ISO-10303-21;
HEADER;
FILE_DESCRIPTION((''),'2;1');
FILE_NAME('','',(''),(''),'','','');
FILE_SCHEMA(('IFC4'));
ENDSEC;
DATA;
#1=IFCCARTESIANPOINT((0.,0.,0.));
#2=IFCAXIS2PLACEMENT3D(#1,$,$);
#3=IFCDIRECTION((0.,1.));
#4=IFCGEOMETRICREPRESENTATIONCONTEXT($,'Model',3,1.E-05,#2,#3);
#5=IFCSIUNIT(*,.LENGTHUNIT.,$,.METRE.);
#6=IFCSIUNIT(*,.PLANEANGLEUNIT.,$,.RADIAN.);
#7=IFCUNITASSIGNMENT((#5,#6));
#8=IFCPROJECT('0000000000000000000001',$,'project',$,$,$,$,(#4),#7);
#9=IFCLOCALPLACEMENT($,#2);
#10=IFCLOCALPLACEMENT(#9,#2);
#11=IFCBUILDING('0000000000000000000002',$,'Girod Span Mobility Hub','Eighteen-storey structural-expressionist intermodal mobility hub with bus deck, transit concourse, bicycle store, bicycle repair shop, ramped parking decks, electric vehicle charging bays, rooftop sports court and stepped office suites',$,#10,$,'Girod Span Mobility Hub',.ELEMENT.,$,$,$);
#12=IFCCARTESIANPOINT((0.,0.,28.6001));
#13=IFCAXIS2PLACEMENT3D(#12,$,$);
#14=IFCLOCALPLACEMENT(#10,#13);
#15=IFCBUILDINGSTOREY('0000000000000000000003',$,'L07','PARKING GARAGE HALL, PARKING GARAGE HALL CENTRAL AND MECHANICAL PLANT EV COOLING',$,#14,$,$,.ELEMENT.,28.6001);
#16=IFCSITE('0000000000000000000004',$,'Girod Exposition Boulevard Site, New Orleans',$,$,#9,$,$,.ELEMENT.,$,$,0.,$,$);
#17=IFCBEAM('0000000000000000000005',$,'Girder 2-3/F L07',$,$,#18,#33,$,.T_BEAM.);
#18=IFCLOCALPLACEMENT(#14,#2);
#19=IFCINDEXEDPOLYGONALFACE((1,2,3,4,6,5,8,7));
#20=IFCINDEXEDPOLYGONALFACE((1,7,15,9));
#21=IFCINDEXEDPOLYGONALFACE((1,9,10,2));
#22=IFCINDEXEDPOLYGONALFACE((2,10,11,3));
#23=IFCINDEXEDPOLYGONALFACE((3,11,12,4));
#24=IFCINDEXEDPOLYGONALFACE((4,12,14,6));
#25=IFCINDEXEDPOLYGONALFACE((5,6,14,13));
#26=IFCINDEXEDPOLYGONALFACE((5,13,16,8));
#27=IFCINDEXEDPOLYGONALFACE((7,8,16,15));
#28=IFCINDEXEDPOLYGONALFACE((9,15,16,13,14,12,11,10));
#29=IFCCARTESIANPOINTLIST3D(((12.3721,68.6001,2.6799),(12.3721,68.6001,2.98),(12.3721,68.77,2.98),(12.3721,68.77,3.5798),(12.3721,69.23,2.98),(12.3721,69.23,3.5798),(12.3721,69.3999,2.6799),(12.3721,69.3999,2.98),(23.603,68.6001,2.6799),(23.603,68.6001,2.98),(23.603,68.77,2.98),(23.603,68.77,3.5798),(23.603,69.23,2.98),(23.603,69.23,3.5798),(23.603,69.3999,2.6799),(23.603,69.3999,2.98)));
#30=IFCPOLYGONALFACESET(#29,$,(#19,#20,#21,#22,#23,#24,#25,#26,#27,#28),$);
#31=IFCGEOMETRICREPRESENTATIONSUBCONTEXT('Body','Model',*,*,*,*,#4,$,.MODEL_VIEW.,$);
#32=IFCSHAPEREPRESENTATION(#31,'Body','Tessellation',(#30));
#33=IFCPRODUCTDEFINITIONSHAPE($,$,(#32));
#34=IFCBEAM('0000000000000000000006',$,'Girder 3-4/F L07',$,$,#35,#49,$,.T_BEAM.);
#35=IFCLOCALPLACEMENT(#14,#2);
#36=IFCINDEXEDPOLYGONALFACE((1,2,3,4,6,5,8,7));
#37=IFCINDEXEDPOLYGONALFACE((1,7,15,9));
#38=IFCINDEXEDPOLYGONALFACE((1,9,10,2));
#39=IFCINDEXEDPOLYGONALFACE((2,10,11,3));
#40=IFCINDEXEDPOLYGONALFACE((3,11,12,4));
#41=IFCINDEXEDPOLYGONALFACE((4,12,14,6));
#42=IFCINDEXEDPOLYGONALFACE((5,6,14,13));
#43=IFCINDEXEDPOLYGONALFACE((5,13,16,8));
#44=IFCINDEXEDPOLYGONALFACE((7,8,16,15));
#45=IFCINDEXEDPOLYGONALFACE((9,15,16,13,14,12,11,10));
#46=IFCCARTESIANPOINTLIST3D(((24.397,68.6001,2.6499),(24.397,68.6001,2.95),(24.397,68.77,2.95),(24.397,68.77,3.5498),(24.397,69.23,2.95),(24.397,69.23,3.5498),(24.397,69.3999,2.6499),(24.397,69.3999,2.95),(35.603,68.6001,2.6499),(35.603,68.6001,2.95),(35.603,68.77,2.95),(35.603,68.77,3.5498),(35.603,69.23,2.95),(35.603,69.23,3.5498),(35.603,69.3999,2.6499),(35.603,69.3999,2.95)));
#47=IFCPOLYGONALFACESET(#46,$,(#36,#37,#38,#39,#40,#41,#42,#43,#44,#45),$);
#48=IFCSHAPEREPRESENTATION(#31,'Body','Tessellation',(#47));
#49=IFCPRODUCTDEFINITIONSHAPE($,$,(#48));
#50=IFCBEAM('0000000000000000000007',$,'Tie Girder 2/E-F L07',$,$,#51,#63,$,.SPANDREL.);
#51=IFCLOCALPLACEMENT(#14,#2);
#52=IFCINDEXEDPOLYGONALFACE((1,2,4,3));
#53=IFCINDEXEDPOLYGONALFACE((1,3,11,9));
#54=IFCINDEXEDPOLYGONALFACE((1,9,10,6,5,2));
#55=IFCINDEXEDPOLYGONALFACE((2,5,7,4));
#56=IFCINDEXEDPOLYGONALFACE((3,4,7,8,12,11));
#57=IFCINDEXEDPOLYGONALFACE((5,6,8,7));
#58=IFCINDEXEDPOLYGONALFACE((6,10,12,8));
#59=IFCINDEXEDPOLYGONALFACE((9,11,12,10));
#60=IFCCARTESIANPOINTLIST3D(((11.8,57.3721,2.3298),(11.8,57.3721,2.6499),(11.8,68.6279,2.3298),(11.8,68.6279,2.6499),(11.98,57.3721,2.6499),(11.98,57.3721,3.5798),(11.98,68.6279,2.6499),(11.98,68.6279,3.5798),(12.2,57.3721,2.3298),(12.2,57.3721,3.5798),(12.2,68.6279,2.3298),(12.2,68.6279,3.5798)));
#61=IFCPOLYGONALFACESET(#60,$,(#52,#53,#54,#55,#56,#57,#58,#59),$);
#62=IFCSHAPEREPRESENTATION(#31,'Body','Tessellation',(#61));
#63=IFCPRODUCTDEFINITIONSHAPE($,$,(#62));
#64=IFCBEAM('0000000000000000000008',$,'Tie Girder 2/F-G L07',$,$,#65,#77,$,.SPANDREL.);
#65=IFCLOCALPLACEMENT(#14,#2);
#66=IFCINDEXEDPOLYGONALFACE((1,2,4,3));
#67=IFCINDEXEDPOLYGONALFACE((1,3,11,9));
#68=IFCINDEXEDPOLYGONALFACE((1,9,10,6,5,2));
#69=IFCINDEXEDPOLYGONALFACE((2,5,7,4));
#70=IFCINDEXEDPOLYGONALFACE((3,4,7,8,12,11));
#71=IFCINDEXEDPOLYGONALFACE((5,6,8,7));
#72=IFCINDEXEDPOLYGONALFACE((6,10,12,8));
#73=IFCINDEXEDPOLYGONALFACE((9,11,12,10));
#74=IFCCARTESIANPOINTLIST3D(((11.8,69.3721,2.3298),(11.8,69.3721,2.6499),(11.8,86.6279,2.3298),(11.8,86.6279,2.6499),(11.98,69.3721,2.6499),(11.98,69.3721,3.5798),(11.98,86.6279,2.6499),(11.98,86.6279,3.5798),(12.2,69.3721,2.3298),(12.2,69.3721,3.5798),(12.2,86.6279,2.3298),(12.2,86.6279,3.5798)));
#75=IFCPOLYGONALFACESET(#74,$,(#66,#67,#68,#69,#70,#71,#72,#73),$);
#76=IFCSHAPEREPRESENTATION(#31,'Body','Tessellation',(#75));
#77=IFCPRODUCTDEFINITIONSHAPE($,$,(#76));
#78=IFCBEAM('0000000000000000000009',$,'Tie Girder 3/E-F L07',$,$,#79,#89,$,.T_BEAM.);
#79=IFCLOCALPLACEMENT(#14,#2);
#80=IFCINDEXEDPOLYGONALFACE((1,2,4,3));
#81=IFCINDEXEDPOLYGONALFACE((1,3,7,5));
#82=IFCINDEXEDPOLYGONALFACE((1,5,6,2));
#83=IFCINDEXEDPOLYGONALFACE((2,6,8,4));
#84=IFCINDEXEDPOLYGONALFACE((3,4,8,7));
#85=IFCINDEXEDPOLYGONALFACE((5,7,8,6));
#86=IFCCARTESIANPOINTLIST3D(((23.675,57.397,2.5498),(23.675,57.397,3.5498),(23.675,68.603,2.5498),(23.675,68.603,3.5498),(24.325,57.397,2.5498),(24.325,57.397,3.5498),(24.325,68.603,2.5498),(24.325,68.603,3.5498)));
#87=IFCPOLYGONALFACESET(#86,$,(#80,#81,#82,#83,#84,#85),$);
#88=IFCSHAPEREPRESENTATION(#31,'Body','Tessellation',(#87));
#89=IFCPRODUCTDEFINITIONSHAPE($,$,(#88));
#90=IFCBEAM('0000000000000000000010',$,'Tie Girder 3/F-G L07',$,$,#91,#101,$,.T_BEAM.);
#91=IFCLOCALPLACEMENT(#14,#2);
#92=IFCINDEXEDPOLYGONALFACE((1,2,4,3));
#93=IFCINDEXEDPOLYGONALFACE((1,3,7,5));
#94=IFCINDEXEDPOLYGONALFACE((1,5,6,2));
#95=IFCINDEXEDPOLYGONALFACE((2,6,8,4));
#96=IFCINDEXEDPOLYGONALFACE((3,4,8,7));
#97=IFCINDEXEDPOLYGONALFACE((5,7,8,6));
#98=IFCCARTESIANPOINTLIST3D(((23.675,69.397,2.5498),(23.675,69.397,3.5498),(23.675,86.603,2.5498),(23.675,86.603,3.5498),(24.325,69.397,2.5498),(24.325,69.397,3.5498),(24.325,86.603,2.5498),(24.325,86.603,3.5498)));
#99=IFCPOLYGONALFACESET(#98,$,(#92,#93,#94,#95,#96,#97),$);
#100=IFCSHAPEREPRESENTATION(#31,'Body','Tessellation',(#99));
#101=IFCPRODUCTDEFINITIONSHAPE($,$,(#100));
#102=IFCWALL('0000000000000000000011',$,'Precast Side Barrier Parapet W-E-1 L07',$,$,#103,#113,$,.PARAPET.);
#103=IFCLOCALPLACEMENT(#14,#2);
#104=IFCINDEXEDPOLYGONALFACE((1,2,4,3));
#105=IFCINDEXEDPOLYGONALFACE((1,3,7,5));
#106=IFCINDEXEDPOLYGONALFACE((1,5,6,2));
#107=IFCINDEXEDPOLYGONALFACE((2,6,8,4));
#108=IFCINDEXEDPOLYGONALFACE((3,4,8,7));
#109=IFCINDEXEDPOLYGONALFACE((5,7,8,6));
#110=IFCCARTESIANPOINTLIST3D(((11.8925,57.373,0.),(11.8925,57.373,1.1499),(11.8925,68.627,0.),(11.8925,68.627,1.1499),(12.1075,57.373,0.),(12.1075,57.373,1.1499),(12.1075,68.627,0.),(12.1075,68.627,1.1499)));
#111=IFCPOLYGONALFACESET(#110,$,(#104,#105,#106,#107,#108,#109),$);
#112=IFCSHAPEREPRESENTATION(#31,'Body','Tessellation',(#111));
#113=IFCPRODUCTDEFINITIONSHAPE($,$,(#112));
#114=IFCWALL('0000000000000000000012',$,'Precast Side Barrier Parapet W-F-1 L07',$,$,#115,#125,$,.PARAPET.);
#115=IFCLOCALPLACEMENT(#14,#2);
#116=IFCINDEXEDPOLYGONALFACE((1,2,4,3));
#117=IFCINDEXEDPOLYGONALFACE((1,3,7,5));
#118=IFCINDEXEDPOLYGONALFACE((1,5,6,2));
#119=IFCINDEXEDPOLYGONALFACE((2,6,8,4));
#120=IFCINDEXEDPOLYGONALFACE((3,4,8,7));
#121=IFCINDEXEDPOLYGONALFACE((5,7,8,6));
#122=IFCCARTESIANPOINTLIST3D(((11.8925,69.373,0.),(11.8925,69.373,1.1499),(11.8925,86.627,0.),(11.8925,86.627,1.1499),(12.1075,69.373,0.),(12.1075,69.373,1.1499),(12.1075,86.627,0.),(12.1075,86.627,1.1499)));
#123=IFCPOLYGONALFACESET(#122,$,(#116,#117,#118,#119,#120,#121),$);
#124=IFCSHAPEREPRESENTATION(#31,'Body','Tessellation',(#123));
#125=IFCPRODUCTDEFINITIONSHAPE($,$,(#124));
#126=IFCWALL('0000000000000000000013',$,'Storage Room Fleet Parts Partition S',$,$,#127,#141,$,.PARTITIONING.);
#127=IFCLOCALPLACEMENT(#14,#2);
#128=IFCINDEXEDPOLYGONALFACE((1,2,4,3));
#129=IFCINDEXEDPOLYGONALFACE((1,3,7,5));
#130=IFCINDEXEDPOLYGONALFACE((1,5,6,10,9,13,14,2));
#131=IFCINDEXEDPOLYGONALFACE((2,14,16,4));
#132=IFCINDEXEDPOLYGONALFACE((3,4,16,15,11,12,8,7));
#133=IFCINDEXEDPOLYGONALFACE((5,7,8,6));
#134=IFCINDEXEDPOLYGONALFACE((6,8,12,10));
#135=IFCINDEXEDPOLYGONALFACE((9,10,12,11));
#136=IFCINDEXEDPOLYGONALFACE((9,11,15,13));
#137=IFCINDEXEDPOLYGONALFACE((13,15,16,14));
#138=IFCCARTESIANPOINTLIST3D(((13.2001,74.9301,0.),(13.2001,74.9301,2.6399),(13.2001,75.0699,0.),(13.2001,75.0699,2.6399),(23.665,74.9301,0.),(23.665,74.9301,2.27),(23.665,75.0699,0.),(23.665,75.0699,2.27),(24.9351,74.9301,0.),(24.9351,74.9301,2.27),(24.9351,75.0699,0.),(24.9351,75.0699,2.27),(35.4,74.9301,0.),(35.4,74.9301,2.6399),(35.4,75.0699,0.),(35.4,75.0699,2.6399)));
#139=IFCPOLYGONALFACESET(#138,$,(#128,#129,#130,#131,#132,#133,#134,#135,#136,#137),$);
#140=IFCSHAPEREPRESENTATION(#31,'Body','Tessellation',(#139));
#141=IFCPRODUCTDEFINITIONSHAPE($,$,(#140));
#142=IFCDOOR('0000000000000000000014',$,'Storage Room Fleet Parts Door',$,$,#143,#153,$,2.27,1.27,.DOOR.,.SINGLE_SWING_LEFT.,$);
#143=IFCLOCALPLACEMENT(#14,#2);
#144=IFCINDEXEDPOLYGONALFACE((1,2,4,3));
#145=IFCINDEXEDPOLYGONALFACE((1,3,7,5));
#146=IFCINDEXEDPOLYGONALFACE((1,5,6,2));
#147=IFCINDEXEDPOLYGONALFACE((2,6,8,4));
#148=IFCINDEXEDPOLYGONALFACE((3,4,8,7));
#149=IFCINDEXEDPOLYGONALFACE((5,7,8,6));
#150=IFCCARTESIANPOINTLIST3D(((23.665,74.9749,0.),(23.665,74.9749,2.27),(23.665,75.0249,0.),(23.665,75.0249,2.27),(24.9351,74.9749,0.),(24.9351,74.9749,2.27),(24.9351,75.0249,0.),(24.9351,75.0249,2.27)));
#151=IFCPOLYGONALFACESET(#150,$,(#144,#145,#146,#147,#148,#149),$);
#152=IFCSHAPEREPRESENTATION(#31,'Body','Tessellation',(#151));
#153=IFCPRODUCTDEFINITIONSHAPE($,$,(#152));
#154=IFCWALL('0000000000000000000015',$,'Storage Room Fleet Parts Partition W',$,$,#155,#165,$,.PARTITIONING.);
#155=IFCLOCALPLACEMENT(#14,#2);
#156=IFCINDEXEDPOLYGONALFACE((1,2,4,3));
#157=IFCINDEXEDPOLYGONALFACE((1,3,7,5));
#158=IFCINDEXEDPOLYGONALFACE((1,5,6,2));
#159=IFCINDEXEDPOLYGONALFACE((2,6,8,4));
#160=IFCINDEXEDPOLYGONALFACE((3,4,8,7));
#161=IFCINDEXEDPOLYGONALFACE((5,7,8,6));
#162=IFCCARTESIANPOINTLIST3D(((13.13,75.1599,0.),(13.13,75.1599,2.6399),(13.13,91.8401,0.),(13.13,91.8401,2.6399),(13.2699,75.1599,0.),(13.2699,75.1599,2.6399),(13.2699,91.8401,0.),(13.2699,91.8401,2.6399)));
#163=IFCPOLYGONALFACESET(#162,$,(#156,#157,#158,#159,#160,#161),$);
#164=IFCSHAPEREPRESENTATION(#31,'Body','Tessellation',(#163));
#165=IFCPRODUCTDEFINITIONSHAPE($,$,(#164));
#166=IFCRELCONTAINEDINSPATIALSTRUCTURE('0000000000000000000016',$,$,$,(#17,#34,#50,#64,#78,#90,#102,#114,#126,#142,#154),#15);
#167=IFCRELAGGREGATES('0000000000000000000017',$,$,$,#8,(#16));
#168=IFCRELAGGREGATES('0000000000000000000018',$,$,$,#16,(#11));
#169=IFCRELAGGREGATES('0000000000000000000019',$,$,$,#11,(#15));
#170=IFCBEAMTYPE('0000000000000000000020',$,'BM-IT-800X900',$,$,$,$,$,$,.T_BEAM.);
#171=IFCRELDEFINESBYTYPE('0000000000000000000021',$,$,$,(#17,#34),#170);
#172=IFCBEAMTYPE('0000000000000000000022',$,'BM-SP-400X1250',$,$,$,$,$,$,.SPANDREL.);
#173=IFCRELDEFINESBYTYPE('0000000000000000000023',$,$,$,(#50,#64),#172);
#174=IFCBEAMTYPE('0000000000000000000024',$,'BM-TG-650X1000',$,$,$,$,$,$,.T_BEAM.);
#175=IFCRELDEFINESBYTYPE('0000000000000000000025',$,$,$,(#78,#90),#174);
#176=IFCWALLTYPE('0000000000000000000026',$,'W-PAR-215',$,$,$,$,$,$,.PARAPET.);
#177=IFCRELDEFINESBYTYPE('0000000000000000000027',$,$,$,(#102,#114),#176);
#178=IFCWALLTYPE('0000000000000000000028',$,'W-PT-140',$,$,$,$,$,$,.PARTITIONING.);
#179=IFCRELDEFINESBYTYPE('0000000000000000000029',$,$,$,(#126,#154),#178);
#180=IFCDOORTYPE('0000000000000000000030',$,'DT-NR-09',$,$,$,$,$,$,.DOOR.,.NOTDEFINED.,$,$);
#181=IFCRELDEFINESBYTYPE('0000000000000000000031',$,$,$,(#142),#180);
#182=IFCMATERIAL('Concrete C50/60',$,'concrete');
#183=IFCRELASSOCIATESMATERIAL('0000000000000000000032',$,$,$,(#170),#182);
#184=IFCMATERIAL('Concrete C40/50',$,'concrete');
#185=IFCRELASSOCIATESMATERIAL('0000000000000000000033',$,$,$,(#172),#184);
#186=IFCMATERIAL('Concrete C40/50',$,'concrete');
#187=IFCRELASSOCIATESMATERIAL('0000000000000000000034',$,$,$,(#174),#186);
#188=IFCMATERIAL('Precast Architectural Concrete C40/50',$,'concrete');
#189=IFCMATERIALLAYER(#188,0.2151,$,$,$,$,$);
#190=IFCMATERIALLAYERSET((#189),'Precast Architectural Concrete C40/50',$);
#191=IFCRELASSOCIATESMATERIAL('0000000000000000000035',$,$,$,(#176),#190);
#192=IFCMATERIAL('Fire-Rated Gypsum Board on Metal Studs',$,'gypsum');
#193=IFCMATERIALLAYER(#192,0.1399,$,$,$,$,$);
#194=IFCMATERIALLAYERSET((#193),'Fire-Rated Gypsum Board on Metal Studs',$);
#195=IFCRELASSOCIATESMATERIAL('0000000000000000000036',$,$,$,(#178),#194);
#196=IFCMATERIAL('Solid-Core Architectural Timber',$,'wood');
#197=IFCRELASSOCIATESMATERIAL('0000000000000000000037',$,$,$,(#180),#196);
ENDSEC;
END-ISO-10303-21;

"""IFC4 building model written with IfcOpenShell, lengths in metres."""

from ifc_helpers import new_model, si_unit, direction, frame, frame_2d, origin, origin_2d, place, context, subcontext, project, spatial, polyline, rectangle, outline, extrude, material, layer, layer_set, material_profile, profile_set, type_object, element, fill, save


model = new_model("IFC4")

# Units and contexts
model_context = context("Model", 3, precision=1e-05, world=origin(), true_north=direction((0.0, 1.0)))
body_context = subcontext(model_context, "Body", "Model", "MODEL_VIEW")
ifc_project = project(units=[si_unit("LENGTHUNIT", "METRE"), si_unit("PLANEANGLEUNIT", "RADIAN")], contexts=[model_context])

# Site, building, storey
site_placement = place(None, origin())
site = spatial("IfcSite", under=ifc_project, at=site_placement, Name="Girod Exposition Boulevard Site, New Orleans", CompositionType="ELEMENT", RefElevation=0.0)
building_placement = place(site_placement, origin())
building = spatial("IfcBuilding", under=site, at=building_placement, Name="Girod Span Mobility Hub", Description="Eighteen-storey structural-expressionist intermodal mobility hub with bus deck, transit concourse, bicycle store, bicycle repair shop, ramped parking decks, electric vehicle charging bays, rooftop sports court and stepped office suites", LongName="Girod Span Mobility Hub", CompositionType="ELEMENT")
storey_placement = place(building_placement, frame((0.0, 0.0, 28.6001)))
storey = spatial("IfcBuildingStorey", under=building, at=storey_placement, Name="L07", Description="PARKING GARAGE HALL, PARKING GARAGE HALL CENTRAL AND MECHANICAL PLANT EV COOLING", CompositionType="ELEMENT", Elevation=28.6001)

# Beams
ifc_material_1 = material(Name="Concrete C50/60", Category="concrete")
ifc_material_profile_1 = material_profile(ifc_material_1, outline(polyline([(-0.3999, -0.45), (0.3999, -0.45), (0.3999, -0.1499), (0.23, -0.1499), (0.23, 0.45), (-0.23, 0.45), (-0.23, -0.1499), (-0.3999, -0.1499), (-0.3999, -0.45)])), Name="IT-800X900")
ifc_profile_set_1 = profile_set([ifc_material_profile_1], Name="Concrete C50/60")
beam_type_1 = type_object("IfcBeamType", Name="BM-IT-800X900", PredefinedType="T_BEAM", material=ifc_profile_set_1)
beam_1_placement = place(storey_placement, frame((12.3721, 69.0, 3.1299), z_axis=(1.0, 0.0, 0.0), x_axis=(0.0, 1.0, 0.0)))
element("IfcBeam", 1, at=beam_1_placement, inside=storey, type_object=beam_type_1, Name="Girder 2-3/F L07", PredefinedType="T_BEAM", context=body_context, shape_type="SweptSolid", body=[
    extrude(outline(polyline([(-0.3999, -0.45), (0.3999, -0.45), (0.3999, -0.1499), (0.23, -0.1499), (0.23, 0.45), (-0.23, 0.45), (-0.23, -0.1499), (-0.3999, -0.1499), (-0.3999, -0.45)])), origin(), (0.0, 0.0, 1.0), 11.231),
])
beam_2_placement = place(storey_placement, frame((24.397, 69.0, 3.0999), z_axis=(1.0, 0.0, 0.0), x_axis=(0.0, 1.0, 0.0)))
element("IfcBeam", 2, at=beam_2_placement, inside=storey, type_object=beam_type_1, Name="Girder 3-4/F L07", PredefinedType="T_BEAM", context=body_context, shape_type="SweptSolid", body=[
    extrude(outline(polyline([(-0.3999, -0.45), (0.3999, -0.45), (0.3999, -0.1499), (0.23, -0.1499), (0.23, 0.45), (-0.23, 0.45), (-0.23, -0.1499), (-0.3999, -0.1499), (-0.3999, -0.45)])), origin(), (0.0, 0.0, 1.0), 11.2061),
])
ifc_material_2 = material(Name="Concrete C40/50", Category="concrete")
ifc_material_profile_2 = material_profile(ifc_material_2, outline(polyline([(-0.2, -0.625), (0.2, -0.625), (0.2, -0.3049), (0.02, -0.3049), (0.02, 0.625), (-0.2, 0.625), (-0.2, -0.625)])), Name="SP-400X1250")
ifc_profile_set_2 = profile_set([ifc_material_profile_2], Name="Concrete C40/50")
beam_type_2 = type_object("IfcBeamType", Name="BM-SP-400X1250", PredefinedType="SPANDREL", material=ifc_profile_set_2)
beam_3_placement = place(storey_placement, frame((12.0, 57.3721, 2.9548), z_axis=(0.0, 1.0, 0.0), x_axis=(-1.0, 0.0, 0.0)))
element("IfcBeam", 3, at=beam_3_placement, inside=storey, type_object=beam_type_2, Name="Tie Girder 2/E-F L07", PredefinedType="SPANDREL", context=body_context, shape_type="SweptSolid", body=[
    extrude(outline(polyline([(-0.2, -0.625), (0.2, -0.625), (0.2, -0.3049), (0.02, -0.3049), (0.02, 0.625), (-0.2, 0.625), (-0.2, -0.625)])), origin(), (0.0, 0.0, 1.0), 11.2559),
])
beam_4_placement = place(storey_placement, frame((12.0, 69.3721, 2.9548), z_axis=(0.0, 1.0, 0.0), x_axis=(-1.0, 0.0, 0.0)))
element("IfcBeam", 4, at=beam_4_placement, inside=storey, type_object=beam_type_2, Name="Tie Girder 2/F-G L07", PredefinedType="SPANDREL", context=body_context, shape_type="SweptSolid", body=[
    extrude(outline(polyline([(-0.2, -0.625), (0.2, -0.625), (0.2, -0.3049), (0.02, -0.3049), (0.02, 0.625), (-0.2, 0.625), (-0.2, -0.625)])), origin(), (0.0, 0.0, 1.0), 17.2559),
])
ifc_material_3 = material(Name="Concrete C40/50", Category="concrete")
ifc_material_profile_3 = material_profile(ifc_material_3, rectangle(XDim=0.6499, YDim=1.0, at=origin_2d()), Name="TG-650X1000")
ifc_profile_set_3 = profile_set([ifc_material_profile_3], Name="Concrete C40/50")
beam_type_3 = type_object("IfcBeamType", Name="BM-TG-650X1000", PredefinedType="T_BEAM", material=ifc_profile_set_3)
beam_5_placement = place(storey_placement, frame((24.0, 57.397, 3.0498), z_axis=(0.0, 1.0, 0.0), x_axis=(-1.0, 0.0, 0.0)))
element("IfcBeam", 5, at=beam_5_placement, inside=storey, type_object=beam_type_3, Name="Tie Girder 3/E-F L07", PredefinedType="T_BEAM", context=body_context, shape_type="SweptSolid", body=[
    extrude(rectangle(XDim=0.6499, YDim=1.0, at=origin_2d()), origin(), (0.0, 0.0, 1.0), 11.2061),
])
beam_6_placement = place(storey_placement, frame((24.0, 69.397, 3.0498), z_axis=(0.0, 1.0, 0.0), x_axis=(-1.0, 0.0, 0.0)))
element("IfcBeam", 6, at=beam_6_placement, inside=storey, type_object=beam_type_3, Name="Tie Girder 3/F-G L07", PredefinedType="T_BEAM", context=body_context, shape_type="SweptSolid", body=[
    extrude(rectangle(XDim=0.6499, YDim=1.0, at=origin_2d()), origin(), (0.0, 0.0, 1.0), 17.2061),
])

# Walls
ifc_material_4 = material(Name="Precast Architectural Concrete C40/50", Category="concrete")
ifc_layer_1 = layer(ifc_material_4, 0.2151)
ifc_layer_set_1 = layer_set([ifc_layer_1], Name="Precast Architectural Concrete C40/50")
wall_type_1 = type_object("IfcWallType", Name="W-PAR-215", PredefinedType="PARAPET", material=ifc_layer_set_1)
wall_1_placement = place(storey_placement, frame((12.0, 57.373, 0.0), z_axis=(0.0, 0.0, 1.0), x_axis=(0.0, 1.0, 0.0)))
element("IfcWall", 7, at=wall_1_placement, inside=storey, type_object=wall_type_1, Name="Precast Side Barrier Parapet W-E-1 L07", PredefinedType="PARAPET", context=body_context, shape_type="SweptSolid", body=[
    extrude(rectangle(XDim=11.2539, YDim=0.2151, at=frame_2d((5.627, 0.0))), origin(), (0.0, 0.0, 1.0), 1.1499),
])
wall_2_placement = place(storey_placement, frame((12.0, 69.373, 0.0), z_axis=(0.0, 0.0, 1.0), x_axis=(0.0, 1.0, 0.0)))
element("IfcWall", 8, at=wall_2_placement, inside=storey, type_object=wall_type_1, Name="Precast Side Barrier Parapet W-F-1 L07", PredefinedType="PARAPET", context=body_context, shape_type="SweptSolid", body=[
    extrude(rectangle(XDim=17.2539, YDim=0.2151, at=frame_2d((8.627, 0.0))), origin(), (0.0, 0.0, 1.0), 1.1499),
])

# Wall, opening, door
ifc_material_5 = material(Name="Fire-Rated Gypsum Board on Metal Studs", Category="gypsum")
ifc_layer_2 = layer(ifc_material_5, 0.1399)
ifc_layer_set_2 = layer_set([ifc_layer_2], Name="Fire-Rated Gypsum Board on Metal Studs")
wall_type_2 = type_object("IfcWallType", Name="W-PT-140", PredefinedType="PARTITIONING", material=ifc_layer_set_2)
wall_3_placement = place(storey_placement, frame((13.2, 75.0, 0.0), z_axis=(0.0, 0.0, 1.0), x_axis=(1.0, 0.0, 0.0)))
wall_3 = element("IfcWall", 9, at=wall_3_placement, inside=storey, type_object=wall_type_2, Name="Storage Room Fleet Parts Partition S", PredefinedType="PARTITIONING", context=body_context, shape_type="SweptSolid", body=[
    extrude(rectangle(XDim=22.2, YDim=0.1399, at=frame_2d((11.1001, 0.0))), origin(), (0.0, 0.0, 1.0), 2.6399),
])
opening_placement = place(wall_3_placement, frame((10.4651, 0.0, 0.0)))
opening = element("IfcOpeningElement", 10, at=opening_placement, cuts=wall_3, PredefinedType="OPENING", context=body_context, shape_type="SweptSolid", body=[
    extrude(rectangle(XDim=1.27, YDim=2.27, at=frame_2d((0.635, 1.135))), frame((0.0, 0.085, 0.0), z_axis=(0.0, -1.0, 0.0), x_axis=(1.0, 0.0, 0.0)), (0.0, 0.0, 1.0), 0.1699),
])
ifc_material_6 = material(Name="Solid-Core Architectural Timber", Category="wood")
door_type = type_object("IfcDoorType", Name="DT-NR-09", OperationType="NOTDEFINED", PredefinedType="DOOR", material=ifc_material_6)
door_placement = place(opening_placement, origin())
door = element("IfcDoor", 11, at=door_placement, inside=storey, type_object=door_type, Name="Storage Room Fleet Parts Door", OperationType="SINGLE_SWING_LEFT", OverallHeight=2.27, OverallWidth=1.27, PredefinedType="DOOR", context=body_context, shape_type="SweptSolid", body=[
    extrude(rectangle(XDim=1.27, YDim=2.27, at=frame_2d((0.635, 1.135))), frame((0.0, 0.0249, 0.0), z_axis=(0.0, -1.0, 0.0), x_axis=(1.0, 0.0, 0.0)), (0.0, 0.0, 1.0), 0.05),
])
fill(opening, door)

# Wall
wall_4_placement = place(storey_placement, frame((13.2, 75.1599, 0.0), z_axis=(0.0, 0.0, 1.0), x_axis=(0.0, 1.0, 0.0)))
element("IfcWall", 12, at=wall_4_placement, inside=storey, type_object=wall_type_2, Name="Storage Room Fleet Parts Partition W", PredefinedType="PARTITIONING", context=body_context, shape_type="SweptSolid", body=[
    extrude(rectangle(XDim=16.6802, YDim=0.1399, at=frame_2d((8.3401, 0.0))), origin(), (0.0, 0.0, 1.0), 2.6399),
])

save(model, "model.ifc")
